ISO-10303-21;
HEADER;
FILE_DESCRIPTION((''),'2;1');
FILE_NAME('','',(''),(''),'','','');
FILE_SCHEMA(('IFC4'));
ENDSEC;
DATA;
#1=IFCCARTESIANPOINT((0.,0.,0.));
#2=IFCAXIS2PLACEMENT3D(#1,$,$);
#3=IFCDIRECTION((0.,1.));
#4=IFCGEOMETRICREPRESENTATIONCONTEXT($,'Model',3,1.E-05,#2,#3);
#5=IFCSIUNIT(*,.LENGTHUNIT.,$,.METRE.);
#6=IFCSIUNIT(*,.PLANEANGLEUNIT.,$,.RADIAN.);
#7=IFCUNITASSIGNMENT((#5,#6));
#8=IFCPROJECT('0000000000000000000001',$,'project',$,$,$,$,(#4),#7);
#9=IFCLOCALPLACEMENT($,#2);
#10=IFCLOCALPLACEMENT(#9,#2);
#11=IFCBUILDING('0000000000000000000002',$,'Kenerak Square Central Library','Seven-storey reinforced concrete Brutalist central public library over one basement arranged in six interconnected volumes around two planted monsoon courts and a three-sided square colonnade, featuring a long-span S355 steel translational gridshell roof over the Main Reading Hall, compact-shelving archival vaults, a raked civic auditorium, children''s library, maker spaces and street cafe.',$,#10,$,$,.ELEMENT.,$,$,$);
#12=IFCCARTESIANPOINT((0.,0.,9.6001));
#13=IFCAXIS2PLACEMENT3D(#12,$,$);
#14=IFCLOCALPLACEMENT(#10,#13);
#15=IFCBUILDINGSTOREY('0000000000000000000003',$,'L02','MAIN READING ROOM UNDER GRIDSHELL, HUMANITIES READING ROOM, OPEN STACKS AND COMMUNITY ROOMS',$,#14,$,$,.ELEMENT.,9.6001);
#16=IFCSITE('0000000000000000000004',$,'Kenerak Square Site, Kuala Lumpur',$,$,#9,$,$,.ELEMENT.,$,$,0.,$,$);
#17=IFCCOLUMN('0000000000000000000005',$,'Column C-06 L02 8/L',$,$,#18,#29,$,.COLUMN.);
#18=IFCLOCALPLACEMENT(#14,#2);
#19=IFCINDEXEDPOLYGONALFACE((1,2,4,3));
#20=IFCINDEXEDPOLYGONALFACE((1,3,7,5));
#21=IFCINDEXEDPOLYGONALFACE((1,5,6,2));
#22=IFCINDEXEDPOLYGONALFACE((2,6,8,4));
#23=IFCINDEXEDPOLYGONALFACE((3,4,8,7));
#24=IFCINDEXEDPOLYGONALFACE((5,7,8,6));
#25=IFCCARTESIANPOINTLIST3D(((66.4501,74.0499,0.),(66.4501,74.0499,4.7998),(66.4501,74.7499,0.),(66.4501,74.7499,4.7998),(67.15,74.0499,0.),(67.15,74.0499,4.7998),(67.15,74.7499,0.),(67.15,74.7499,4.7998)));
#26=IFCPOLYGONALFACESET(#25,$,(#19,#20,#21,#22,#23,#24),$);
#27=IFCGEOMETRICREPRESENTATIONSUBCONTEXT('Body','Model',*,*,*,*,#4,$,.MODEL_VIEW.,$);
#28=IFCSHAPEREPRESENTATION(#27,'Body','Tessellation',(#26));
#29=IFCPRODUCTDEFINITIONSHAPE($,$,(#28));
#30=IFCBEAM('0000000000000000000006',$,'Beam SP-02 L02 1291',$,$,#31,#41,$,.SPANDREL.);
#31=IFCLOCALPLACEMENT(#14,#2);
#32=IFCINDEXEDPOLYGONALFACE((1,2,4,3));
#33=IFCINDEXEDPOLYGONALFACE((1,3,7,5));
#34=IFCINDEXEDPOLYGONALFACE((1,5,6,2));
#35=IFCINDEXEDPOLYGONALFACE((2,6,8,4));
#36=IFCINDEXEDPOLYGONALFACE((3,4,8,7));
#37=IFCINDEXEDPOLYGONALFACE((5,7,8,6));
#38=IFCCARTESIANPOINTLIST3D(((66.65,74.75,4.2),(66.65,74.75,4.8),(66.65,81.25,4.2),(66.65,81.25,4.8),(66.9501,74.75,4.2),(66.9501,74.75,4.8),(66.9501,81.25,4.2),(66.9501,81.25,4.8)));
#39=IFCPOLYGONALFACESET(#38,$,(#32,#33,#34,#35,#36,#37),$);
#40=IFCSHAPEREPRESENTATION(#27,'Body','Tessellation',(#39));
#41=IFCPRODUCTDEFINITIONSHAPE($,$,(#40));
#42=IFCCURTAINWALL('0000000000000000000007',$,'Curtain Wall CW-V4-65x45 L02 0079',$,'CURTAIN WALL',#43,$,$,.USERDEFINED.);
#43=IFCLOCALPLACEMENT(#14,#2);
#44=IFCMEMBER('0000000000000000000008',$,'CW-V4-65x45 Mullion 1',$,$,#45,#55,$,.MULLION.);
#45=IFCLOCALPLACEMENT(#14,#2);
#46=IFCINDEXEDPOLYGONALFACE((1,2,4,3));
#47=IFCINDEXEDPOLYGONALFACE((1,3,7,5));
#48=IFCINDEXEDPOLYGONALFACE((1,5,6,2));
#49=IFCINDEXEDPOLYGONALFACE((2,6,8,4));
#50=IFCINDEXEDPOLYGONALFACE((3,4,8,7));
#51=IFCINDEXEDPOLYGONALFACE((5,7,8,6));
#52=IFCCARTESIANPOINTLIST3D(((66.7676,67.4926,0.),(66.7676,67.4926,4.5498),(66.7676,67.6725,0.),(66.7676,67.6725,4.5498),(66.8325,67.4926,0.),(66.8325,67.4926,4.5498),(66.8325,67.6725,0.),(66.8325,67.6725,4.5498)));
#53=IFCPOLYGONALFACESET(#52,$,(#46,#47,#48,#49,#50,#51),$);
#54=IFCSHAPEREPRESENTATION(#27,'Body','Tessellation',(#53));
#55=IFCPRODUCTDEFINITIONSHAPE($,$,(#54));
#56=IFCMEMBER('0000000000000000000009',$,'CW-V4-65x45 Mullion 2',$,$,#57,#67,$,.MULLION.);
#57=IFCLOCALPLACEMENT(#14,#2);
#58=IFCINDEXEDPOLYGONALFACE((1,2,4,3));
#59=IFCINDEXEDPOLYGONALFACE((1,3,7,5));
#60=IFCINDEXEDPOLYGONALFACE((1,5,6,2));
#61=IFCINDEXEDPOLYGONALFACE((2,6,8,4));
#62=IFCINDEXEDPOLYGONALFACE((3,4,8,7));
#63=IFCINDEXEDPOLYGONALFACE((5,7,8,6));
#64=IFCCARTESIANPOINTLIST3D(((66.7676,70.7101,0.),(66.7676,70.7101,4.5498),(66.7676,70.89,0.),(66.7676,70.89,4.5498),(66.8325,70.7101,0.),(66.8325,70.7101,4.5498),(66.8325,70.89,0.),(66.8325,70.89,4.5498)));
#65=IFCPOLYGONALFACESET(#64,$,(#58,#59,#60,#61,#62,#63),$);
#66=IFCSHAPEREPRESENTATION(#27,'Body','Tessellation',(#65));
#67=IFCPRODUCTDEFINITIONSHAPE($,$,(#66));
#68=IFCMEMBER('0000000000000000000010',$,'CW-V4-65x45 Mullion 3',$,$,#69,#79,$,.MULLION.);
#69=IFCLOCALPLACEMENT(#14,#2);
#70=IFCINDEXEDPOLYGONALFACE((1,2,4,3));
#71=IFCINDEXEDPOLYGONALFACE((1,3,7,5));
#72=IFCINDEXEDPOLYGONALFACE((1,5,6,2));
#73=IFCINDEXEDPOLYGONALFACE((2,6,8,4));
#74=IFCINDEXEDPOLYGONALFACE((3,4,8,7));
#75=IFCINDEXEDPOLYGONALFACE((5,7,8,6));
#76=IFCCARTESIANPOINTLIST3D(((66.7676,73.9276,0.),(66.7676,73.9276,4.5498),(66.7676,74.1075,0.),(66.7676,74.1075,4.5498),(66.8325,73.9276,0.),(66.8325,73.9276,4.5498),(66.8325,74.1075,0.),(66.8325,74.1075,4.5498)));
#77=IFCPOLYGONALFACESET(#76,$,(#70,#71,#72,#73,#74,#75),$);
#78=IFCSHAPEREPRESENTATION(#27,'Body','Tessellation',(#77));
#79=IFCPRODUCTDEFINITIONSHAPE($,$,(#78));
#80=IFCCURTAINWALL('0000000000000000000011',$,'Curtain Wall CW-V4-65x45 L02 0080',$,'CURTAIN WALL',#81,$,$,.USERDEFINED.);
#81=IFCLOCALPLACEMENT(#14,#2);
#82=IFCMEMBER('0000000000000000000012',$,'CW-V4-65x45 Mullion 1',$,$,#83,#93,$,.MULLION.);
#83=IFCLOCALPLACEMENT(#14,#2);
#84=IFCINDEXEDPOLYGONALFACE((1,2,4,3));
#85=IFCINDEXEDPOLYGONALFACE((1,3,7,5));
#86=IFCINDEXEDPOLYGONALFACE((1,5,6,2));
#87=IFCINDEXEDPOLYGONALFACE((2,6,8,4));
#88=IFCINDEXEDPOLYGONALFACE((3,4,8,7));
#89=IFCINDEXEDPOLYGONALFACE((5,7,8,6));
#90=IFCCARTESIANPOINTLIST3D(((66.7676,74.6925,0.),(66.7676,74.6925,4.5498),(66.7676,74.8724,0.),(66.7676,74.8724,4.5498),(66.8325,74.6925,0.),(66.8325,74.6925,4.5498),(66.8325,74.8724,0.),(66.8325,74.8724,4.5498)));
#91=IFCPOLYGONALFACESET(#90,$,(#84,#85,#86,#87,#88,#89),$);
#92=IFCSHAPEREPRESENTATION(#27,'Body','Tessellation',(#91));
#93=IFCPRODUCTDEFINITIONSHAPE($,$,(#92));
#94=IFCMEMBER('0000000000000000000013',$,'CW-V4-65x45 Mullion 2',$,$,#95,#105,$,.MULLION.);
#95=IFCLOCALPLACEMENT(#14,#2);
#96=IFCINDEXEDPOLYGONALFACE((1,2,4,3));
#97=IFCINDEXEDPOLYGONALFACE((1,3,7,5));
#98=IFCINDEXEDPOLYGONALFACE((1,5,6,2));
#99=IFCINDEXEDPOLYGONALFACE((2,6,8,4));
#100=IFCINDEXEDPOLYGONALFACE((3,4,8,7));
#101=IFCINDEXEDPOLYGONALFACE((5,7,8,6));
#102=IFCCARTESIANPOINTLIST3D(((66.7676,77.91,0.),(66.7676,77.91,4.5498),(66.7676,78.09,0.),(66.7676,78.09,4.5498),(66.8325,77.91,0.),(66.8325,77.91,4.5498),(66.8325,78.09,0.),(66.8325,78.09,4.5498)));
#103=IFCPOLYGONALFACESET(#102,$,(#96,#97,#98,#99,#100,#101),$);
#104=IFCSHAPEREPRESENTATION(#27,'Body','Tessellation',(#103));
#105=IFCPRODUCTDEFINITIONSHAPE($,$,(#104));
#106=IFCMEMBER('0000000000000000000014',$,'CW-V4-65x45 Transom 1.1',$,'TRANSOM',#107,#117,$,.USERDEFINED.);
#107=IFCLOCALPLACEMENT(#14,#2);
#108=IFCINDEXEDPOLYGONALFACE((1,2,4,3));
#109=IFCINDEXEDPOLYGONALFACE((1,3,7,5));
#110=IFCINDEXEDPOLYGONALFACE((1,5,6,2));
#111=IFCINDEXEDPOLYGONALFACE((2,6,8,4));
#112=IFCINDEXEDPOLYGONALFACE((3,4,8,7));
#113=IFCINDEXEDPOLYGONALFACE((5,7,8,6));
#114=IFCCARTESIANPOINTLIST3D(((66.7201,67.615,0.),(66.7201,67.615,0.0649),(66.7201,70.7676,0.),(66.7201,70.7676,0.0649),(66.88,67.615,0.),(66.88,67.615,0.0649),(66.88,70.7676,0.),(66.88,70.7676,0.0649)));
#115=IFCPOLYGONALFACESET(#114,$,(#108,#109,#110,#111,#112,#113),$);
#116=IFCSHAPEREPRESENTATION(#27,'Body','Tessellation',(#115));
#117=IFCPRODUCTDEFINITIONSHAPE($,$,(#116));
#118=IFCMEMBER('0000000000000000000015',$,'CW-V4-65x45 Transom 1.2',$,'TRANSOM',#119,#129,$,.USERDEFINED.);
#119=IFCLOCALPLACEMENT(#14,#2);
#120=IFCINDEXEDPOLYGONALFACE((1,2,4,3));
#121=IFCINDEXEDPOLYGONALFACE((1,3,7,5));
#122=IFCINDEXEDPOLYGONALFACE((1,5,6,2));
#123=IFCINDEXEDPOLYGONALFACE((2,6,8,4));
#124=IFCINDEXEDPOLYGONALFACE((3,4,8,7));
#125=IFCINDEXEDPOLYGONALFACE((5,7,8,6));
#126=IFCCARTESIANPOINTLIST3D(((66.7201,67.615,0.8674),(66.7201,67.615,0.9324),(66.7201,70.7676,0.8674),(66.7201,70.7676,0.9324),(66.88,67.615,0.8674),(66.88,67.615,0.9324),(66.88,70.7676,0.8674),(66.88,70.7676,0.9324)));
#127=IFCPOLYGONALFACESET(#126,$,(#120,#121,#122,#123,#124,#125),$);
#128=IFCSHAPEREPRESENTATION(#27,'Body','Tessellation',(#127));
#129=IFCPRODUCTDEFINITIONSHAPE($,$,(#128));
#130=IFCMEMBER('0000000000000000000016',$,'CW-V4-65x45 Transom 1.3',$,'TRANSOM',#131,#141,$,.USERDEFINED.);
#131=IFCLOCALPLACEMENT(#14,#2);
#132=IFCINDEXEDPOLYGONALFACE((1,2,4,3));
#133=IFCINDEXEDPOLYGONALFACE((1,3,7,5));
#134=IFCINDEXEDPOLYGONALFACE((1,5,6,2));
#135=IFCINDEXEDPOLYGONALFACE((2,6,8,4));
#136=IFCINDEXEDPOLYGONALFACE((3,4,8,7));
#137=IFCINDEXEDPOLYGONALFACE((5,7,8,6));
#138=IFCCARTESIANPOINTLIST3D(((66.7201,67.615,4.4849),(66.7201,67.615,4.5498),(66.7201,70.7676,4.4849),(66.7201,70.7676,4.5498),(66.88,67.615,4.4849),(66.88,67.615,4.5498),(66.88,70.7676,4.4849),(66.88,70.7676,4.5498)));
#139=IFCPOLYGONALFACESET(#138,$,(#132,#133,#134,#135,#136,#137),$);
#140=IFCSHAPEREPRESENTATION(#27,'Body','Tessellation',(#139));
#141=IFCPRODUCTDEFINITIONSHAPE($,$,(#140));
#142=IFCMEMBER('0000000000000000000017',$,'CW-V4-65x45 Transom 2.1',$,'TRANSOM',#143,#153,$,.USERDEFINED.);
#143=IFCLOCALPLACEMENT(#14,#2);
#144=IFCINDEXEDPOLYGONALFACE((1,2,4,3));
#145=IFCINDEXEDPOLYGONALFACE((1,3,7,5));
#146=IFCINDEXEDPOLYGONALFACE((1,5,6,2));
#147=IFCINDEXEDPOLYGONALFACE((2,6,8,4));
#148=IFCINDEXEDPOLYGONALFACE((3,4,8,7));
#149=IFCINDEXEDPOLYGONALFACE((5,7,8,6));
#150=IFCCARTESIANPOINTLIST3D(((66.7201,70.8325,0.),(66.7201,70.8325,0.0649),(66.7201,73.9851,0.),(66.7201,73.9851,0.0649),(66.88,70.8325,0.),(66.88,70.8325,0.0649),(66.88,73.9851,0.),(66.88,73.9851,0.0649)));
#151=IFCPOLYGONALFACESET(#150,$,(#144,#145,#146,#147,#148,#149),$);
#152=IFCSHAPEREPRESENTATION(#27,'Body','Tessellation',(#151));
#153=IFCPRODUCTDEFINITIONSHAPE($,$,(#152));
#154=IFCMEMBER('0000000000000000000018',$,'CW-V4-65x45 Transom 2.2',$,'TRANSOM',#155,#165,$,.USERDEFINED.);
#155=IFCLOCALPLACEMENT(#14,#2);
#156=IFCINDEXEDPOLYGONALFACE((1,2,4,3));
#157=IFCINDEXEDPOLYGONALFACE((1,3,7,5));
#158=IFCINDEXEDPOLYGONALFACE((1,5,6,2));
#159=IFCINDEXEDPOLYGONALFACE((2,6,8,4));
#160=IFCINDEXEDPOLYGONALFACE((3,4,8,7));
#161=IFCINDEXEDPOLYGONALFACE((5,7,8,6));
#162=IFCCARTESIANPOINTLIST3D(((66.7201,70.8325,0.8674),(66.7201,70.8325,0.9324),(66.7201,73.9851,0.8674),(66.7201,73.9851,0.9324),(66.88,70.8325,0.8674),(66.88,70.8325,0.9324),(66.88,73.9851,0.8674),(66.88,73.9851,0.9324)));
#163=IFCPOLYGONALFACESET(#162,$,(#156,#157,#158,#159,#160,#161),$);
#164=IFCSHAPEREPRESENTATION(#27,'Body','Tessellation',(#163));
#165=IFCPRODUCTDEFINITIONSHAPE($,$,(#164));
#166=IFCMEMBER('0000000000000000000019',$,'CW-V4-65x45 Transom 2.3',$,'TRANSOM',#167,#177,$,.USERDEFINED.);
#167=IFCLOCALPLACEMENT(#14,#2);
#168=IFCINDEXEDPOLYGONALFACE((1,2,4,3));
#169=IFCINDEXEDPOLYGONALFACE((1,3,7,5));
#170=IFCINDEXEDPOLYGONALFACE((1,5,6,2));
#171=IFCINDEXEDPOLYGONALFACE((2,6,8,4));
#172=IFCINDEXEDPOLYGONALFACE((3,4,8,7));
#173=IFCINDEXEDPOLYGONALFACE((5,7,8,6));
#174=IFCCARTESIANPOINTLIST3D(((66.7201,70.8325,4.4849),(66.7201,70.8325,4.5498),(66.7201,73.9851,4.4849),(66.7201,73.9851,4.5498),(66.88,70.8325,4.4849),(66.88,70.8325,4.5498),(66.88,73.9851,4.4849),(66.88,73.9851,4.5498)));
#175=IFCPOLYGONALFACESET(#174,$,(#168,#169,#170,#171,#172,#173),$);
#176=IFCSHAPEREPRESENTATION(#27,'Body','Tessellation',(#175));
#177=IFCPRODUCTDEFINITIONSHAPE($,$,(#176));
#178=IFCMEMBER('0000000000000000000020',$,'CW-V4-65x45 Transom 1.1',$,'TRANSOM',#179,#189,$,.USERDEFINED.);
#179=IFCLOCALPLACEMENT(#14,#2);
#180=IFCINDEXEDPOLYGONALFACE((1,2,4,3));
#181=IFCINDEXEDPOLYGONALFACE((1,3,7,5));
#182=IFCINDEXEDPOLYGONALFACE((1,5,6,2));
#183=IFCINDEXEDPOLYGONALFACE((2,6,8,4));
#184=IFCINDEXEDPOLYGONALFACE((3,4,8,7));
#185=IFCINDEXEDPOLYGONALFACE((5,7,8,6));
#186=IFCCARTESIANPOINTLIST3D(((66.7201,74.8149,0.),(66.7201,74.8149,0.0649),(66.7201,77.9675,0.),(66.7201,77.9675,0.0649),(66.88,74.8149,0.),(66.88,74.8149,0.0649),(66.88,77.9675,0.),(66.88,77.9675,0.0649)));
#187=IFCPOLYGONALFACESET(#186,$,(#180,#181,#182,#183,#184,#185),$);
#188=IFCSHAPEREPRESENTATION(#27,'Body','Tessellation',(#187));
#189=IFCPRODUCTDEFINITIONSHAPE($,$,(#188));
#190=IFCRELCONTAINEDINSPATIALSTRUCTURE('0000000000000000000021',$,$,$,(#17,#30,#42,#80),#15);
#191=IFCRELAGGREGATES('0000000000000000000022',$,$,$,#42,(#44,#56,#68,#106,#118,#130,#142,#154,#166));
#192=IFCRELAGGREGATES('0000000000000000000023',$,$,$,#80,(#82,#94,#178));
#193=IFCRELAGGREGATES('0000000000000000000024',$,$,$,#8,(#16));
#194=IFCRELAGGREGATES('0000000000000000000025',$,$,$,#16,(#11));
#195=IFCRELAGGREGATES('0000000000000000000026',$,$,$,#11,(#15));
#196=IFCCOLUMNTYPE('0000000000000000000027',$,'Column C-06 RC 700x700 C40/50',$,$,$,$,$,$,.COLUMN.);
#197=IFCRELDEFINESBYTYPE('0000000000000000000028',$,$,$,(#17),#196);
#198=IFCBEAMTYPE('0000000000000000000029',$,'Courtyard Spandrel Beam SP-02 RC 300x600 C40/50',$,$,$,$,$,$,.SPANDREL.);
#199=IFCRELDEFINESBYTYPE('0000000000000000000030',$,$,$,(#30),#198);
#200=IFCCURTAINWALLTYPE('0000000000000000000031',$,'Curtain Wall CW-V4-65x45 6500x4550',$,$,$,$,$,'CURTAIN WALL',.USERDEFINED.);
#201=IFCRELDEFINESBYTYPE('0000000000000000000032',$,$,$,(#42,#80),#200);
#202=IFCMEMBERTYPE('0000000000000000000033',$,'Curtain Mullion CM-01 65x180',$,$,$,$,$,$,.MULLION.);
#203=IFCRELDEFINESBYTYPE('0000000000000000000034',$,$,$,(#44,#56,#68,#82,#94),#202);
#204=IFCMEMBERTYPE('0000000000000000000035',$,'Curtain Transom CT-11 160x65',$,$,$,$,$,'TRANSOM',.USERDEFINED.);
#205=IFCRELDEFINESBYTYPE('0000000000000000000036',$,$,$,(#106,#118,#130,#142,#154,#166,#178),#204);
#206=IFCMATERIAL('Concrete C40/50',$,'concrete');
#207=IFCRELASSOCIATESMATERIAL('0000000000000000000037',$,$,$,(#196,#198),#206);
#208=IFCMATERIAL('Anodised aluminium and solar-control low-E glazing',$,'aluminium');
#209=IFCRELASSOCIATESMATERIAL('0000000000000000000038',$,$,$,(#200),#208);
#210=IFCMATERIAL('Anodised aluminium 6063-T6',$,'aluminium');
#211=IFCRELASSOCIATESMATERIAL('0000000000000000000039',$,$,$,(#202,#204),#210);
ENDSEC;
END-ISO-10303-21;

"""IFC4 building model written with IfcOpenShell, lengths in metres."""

from ifc_helpers import new_model, si_unit, direction, frame, origin, origin_2d, place, context, subcontext, project, spatial, rectangle, extrude, material, material_profile, profile_set, type_object, element, aggregate, save


model = new_model("IFC4")

# Units and contexts
model_context = context("Model", 3, precision=1e-05, world=origin(), true_north=direction((0.0, 1.0)))
body_context = subcontext(model_context, "Body", "Model", "MODEL_VIEW")
ifc_project = project(units=[si_unit("LENGTHUNIT", "METRE"), si_unit("PLANEANGLEUNIT", "RADIAN")], contexts=[model_context])

# Site, building, storey
site_placement = place(None, origin())
site = spatial("IfcSite", under=ifc_project, at=site_placement, Name="Kenerak Square Site, Kuala Lumpur", CompositionType="ELEMENT", RefElevation=0.0)
building_placement = place(site_placement, origin())
building = spatial("IfcBuilding", under=site, at=building_placement, Name="Kenerak Square Central Library", Description="Seven-storey reinforced concrete Brutalist central public library over one basement arranged in six interconnected volumes around two planted monsoon courts and a three-sided square colonnade, featuring a long-span S355 steel translational gridshell roof over the Main Reading Hall, compact-shelving archival vaults, a raked civic auditorium, children's library, maker spaces and street cafe.", CompositionType="ELEMENT")
storey_placement = place(building_placement, frame((0.0, 0.0, 9.6001)))
storey = spatial("IfcBuildingStorey", under=building, at=storey_placement, Name="L02", Description="MAIN READING ROOM UNDER GRIDSHELL, HUMANITIES READING ROOM, OPEN STACKS AND COMMUNITY ROOMS", CompositionType="ELEMENT", Elevation=9.6001)

# Column
ifc_material_1 = material(Name="Concrete C40/50", Category="concrete")
ifc_material_profile_1 = material_profile(ifc_material_1, rectangle(XDim=0.7, YDim=0.7, at=origin_2d()), Name="RC 700x700")
ifc_profile_set_1 = profile_set([ifc_material_profile_1], Name="Concrete C40/50")
column_type = type_object("IfcColumnType", Name="Column C-06 RC 700x700 C40/50", PredefinedType="COLUMN", material=ifc_profile_set_1)
column_placement = place(storey_placement, frame((66.8, 74.3999, 0.0), z_axis=(0.0, 0.0, 1.0), x_axis=(1.0, 0.0, 0.0)))
element("IfcColumn", 1, at=column_placement, inside=storey, type_object=column_type, Name="Column C-06 L02 8/L", PredefinedType="COLUMN", context=body_context, shape_type="SweptSolid", body=[
    extrude(rectangle(XDim=0.7, YDim=0.7, at=origin_2d()), origin(), (0.0, 0.0, 1.0), 4.7998),
])

# Beam
ifc_material_profile_2 = material_profile(ifc_material_1, rectangle(XDim=0.3, YDim=0.6001, at=origin_2d()), Name="RC 300x600")
ifc_profile_set_2 = profile_set([ifc_material_profile_2], Name="Concrete C40/50")
beam_type = type_object("IfcBeamType", Name="Courtyard Spandrel Beam SP-02 RC 300x600 C40/50", PredefinedType="SPANDREL", material=ifc_profile_set_2)
beam_placement = place(storey_placement, frame((66.8, 74.75, 4.5), z_axis=(0.0, 1.0, 0.0), x_axis=(-1.0, 0.0, 0.0)))
element("IfcBeam", 2, at=beam_placement, inside=storey, type_object=beam_type, Name="Beam SP-02 L02 1291", PredefinedType="SPANDREL", context=body_context, shape_type="SweptSolid", body=[
    extrude(rectangle(XDim=0.3, YDim=0.6001, at=origin_2d()), origin(), (0.0, 0.0, 1.0), 6.5),
])

# Curtain walls, members
ifc_material_2 = material(Name="Anodised aluminium and solar-control low-E glazing", Category="aluminium")
curtain_wall_type = type_object("IfcCurtainWallType", Name="Curtain Wall CW-V4-65x45 6500x4550", ElementType="CURTAIN WALL", PredefinedType="USERDEFINED", material=ifc_material_2)
curtain_wall_1_placement = place(storey_placement, origin())
curtain_wall_1 = element("IfcCurtainWall", 3, at=curtain_wall_1_placement, inside=storey, type_object=curtain_wall_type, Name="Curtain Wall CW-V4-65x45 L02 0079", ObjectType="CURTAIN WALL", PredefinedType="USERDEFINED")
ifc_material_3 = material(Name="Anodised aluminium 6063-T6", Category="aluminium")
ifc_material_profile_3 = material_profile(ifc_material_3, rectangle(XDim=0.0649, YDim=0.1799, at=origin_2d()), Name="AL MULLION 65x180")
ifc_profile_set_3 = profile_set([ifc_material_profile_3], Name="Anodised aluminium 6063-T6")
member_type_1 = type_object("IfcMemberType", Name="Curtain Mullion CM-01 65x180", PredefinedType="MULLION", material=ifc_profile_set_3)
member_1_placement = place(storey_placement, frame((66.8, 67.5825, 0.0), z_axis=(0.0, 0.0, 1.0), x_axis=(-1.0, 0.0, 0.0)))
member_1 = element("IfcMember", 4, at=member_1_placement, type_object=member_type_1, Name="CW-V4-65x45 Mullion 1", PredefinedType="MULLION", context=body_context, shape_type="SweptSolid", body=[
    extrude(rectangle(XDim=0.0649, YDim=0.1799, at=origin_2d()), origin(), (0.0, 0.0, 1.0), 4.5498),
])
member_2_placement = place(storey_placement, frame((66.8, 70.8, 0.0), z_axis=(0.0, 0.0, 1.0), x_axis=(-1.0, 0.0, 0.0)))
member_2 = element("IfcMember", 5, at=member_2_placement, type_object=member_type_1, Name="CW-V4-65x45 Mullion 2", PredefinedType="MULLION", context=body_context, shape_type="SweptSolid", body=[
    extrude(rectangle(XDim=0.0649, YDim=0.1799, at=origin_2d()), origin(), (0.0, 0.0, 1.0), 4.5498),
])
member_3_placement = place(storey_placement, frame((66.8, 74.0176, 0.0), z_axis=(0.0, 0.0, 1.0), x_axis=(-1.0, 0.0, 0.0)))
member_3 = element("IfcMember", 6, at=member_3_placement, type_object=member_type_1, Name="CW-V4-65x45 Mullion 3", PredefinedType="MULLION", context=body_context, shape_type="SweptSolid", body=[
    extrude(rectangle(XDim=0.0649, YDim=0.1799, at=origin_2d()), origin(), (0.0, 0.0, 1.0), 4.5498),
])
curtain_wall_2_placement = place(storey_placement, origin())
curtain_wall_2 = element("IfcCurtainWall", 7, at=curtain_wall_2_placement, inside=storey, type_object=curtain_wall_type, Name="Curtain Wall CW-V4-65x45 L02 0080", ObjectType="CURTAIN WALL", PredefinedType="USERDEFINED")
member_4_placement = place(storey_placement, frame((66.8, 74.7825, 0.0), z_axis=(0.0, 0.0, 1.0), x_axis=(-1.0, 0.0, 0.0)))
member_4 = element("IfcMember", 8, at=member_4_placement, type_object=member_type_1, Name="CW-V4-65x45 Mullion 1", PredefinedType="MULLION", context=body_context, shape_type="SweptSolid", body=[
    extrude(rectangle(XDim=0.0649, YDim=0.1799, at=origin_2d()), origin(), (0.0, 0.0, 1.0), 4.5498),
])
member_5_placement = place(storey_placement, frame((66.8, 78.0, 0.0), z_axis=(0.0, 0.0, 1.0), x_axis=(-1.0, 0.0, 0.0)))
member_5 = element("IfcMember", 9, at=member_5_placement, type_object=member_type_1, Name="CW-V4-65x45 Mullion 2", PredefinedType="MULLION", context=body_context, shape_type="SweptSolid", body=[
    extrude(rectangle(XDim=0.0649, YDim=0.1799, at=origin_2d()), origin(), (0.0, 0.0, 1.0), 4.5498),
])

# Members
ifc_material_profile_4 = material_profile(ifc_material_3, rectangle(XDim=0.1599, YDim=0.0649, at=origin_2d()), Name="AL TRANSOM 160x65")
ifc_profile_set_4 = profile_set([ifc_material_profile_4], Name="Anodised aluminium 6063-T6")
member_type_2 = type_object("IfcMemberType", Name="Curtain Transom CT-11 160x65", ElementType="TRANSOM", PredefinedType="USERDEFINED", material=ifc_profile_set_4)
member_6_placement = place(storey_placement, frame((66.8, 67.615, 0.0325), z_axis=(0.0, 1.0, 0.0), x_axis=(-1.0, 0.0, 0.0)))
member_6 = element("IfcMember", 10, at=member_6_placement, type_object=member_type_2, Name="CW-V4-65x45 Transom 1.1", ObjectType="TRANSOM", PredefinedType="USERDEFINED", context=body_context, shape_type="SweptSolid", body=[
    extrude(rectangle(XDim=0.1599, YDim=0.0649, at=origin_2d()), origin(), (0.0, 0.0, 1.0), 3.1526),
])
member_7_placement = place(storey_placement, frame((66.8, 67.615, 0.8999), z_axis=(0.0, 1.0, 0.0), x_axis=(-1.0, 0.0, 0.0)))
member_7 = element("IfcMember", 11, at=member_7_placement, type_object=member_type_2, Name="CW-V4-65x45 Transom 1.2", ObjectType="TRANSOM", PredefinedType="USERDEFINED", context=body_context, shape_type="SweptSolid", body=[
    extrude(rectangle(XDim=0.1599, YDim=0.0649, at=origin_2d()), origin(), (0.0, 0.0, 1.0), 3.1526),
])
member_8_placement = place(storey_placement, frame((66.8, 67.615, 4.5173), z_axis=(0.0, 1.0, 0.0), x_axis=(-1.0, 0.0, 0.0)))
member_8 = element("IfcMember", 12, at=member_8_placement, type_object=member_type_2, Name="CW-V4-65x45 Transom 1.3", ObjectType="TRANSOM", PredefinedType="USERDEFINED", context=body_context, shape_type="SweptSolid", body=[
    extrude(rectangle(XDim=0.1599, YDim=0.0649, at=origin_2d()), origin(), (0.0, 0.0, 1.0), 3.1526),
])
member_9_placement = place(storey_placement, frame((66.8, 70.8325, 0.0325), z_axis=(0.0, 1.0, 0.0), x_axis=(-1.0, 0.0, 0.0)))
member_9 = element("IfcMember", 13, at=member_9_placement, type_object=member_type_2, Name="CW-V4-65x45 Transom 2.1", ObjectType="TRANSOM", PredefinedType="USERDEFINED", context=body_context, shape_type="SweptSolid", body=[
    extrude(rectangle(XDim=0.1599, YDim=0.0649, at=origin_2d()), origin(), (0.0, 0.0, 1.0), 3.1526),
])
member_10_placement = place(storey_placement, frame((66.8, 70.8325, 0.8999), z_axis=(0.0, 1.0, 0.0), x_axis=(-1.0, 0.0, 0.0)))
member_10 = element("IfcMember", 14, at=member_10_placement, type_object=member_type_2, Name="CW-V4-65x45 Transom 2.2", ObjectType="TRANSOM", PredefinedType="USERDEFINED", context=body_context, shape_type="SweptSolid", body=[
    extrude(rectangle(XDim=0.1599, YDim=0.0649, at=origin_2d()), origin(), (0.0, 0.0, 1.0), 3.1526),
])
member_11_placement = place(storey_placement, frame((66.8, 70.8325, 4.5173), z_axis=(0.0, 1.0, 0.0), x_axis=(-1.0, 0.0, 0.0)))
member_11 = element("IfcMember", 15, at=member_11_placement, type_object=member_type_2, Name="CW-V4-65x45 Transom 2.3", ObjectType="TRANSOM", PredefinedType="USERDEFINED", context=body_context, shape_type="SweptSolid", body=[
    extrude(rectangle(XDim=0.1599, YDim=0.0649, at=origin_2d()), origin(), (0.0, 0.0, 1.0), 3.1526),
])
member_12_placement = place(storey_placement, frame((66.8, 74.8149, 0.0325), z_axis=(0.0, 1.0, 0.0), x_axis=(-1.0, 0.0, 0.0)))
member_12 = element("IfcMember", 16, at=member_12_placement, type_object=member_type_2, Name="CW-V4-65x45 Transom 1.1", ObjectType="TRANSOM", PredefinedType="USERDEFINED", context=body_context, shape_type="SweptSolid", body=[
    extrude(rectangle(XDim=0.1599, YDim=0.0649, at=origin_2d()), origin(), (0.0, 0.0, 1.0), 3.1526),
])

aggregate(curtain_wall_1, [member_1, member_2, member_3, member_6, member_7, member_8, member_9, member_10, member_11])
aggregate(curtain_wall_2, [member_4, member_5, member_12])

save(model, "model.ifc")
